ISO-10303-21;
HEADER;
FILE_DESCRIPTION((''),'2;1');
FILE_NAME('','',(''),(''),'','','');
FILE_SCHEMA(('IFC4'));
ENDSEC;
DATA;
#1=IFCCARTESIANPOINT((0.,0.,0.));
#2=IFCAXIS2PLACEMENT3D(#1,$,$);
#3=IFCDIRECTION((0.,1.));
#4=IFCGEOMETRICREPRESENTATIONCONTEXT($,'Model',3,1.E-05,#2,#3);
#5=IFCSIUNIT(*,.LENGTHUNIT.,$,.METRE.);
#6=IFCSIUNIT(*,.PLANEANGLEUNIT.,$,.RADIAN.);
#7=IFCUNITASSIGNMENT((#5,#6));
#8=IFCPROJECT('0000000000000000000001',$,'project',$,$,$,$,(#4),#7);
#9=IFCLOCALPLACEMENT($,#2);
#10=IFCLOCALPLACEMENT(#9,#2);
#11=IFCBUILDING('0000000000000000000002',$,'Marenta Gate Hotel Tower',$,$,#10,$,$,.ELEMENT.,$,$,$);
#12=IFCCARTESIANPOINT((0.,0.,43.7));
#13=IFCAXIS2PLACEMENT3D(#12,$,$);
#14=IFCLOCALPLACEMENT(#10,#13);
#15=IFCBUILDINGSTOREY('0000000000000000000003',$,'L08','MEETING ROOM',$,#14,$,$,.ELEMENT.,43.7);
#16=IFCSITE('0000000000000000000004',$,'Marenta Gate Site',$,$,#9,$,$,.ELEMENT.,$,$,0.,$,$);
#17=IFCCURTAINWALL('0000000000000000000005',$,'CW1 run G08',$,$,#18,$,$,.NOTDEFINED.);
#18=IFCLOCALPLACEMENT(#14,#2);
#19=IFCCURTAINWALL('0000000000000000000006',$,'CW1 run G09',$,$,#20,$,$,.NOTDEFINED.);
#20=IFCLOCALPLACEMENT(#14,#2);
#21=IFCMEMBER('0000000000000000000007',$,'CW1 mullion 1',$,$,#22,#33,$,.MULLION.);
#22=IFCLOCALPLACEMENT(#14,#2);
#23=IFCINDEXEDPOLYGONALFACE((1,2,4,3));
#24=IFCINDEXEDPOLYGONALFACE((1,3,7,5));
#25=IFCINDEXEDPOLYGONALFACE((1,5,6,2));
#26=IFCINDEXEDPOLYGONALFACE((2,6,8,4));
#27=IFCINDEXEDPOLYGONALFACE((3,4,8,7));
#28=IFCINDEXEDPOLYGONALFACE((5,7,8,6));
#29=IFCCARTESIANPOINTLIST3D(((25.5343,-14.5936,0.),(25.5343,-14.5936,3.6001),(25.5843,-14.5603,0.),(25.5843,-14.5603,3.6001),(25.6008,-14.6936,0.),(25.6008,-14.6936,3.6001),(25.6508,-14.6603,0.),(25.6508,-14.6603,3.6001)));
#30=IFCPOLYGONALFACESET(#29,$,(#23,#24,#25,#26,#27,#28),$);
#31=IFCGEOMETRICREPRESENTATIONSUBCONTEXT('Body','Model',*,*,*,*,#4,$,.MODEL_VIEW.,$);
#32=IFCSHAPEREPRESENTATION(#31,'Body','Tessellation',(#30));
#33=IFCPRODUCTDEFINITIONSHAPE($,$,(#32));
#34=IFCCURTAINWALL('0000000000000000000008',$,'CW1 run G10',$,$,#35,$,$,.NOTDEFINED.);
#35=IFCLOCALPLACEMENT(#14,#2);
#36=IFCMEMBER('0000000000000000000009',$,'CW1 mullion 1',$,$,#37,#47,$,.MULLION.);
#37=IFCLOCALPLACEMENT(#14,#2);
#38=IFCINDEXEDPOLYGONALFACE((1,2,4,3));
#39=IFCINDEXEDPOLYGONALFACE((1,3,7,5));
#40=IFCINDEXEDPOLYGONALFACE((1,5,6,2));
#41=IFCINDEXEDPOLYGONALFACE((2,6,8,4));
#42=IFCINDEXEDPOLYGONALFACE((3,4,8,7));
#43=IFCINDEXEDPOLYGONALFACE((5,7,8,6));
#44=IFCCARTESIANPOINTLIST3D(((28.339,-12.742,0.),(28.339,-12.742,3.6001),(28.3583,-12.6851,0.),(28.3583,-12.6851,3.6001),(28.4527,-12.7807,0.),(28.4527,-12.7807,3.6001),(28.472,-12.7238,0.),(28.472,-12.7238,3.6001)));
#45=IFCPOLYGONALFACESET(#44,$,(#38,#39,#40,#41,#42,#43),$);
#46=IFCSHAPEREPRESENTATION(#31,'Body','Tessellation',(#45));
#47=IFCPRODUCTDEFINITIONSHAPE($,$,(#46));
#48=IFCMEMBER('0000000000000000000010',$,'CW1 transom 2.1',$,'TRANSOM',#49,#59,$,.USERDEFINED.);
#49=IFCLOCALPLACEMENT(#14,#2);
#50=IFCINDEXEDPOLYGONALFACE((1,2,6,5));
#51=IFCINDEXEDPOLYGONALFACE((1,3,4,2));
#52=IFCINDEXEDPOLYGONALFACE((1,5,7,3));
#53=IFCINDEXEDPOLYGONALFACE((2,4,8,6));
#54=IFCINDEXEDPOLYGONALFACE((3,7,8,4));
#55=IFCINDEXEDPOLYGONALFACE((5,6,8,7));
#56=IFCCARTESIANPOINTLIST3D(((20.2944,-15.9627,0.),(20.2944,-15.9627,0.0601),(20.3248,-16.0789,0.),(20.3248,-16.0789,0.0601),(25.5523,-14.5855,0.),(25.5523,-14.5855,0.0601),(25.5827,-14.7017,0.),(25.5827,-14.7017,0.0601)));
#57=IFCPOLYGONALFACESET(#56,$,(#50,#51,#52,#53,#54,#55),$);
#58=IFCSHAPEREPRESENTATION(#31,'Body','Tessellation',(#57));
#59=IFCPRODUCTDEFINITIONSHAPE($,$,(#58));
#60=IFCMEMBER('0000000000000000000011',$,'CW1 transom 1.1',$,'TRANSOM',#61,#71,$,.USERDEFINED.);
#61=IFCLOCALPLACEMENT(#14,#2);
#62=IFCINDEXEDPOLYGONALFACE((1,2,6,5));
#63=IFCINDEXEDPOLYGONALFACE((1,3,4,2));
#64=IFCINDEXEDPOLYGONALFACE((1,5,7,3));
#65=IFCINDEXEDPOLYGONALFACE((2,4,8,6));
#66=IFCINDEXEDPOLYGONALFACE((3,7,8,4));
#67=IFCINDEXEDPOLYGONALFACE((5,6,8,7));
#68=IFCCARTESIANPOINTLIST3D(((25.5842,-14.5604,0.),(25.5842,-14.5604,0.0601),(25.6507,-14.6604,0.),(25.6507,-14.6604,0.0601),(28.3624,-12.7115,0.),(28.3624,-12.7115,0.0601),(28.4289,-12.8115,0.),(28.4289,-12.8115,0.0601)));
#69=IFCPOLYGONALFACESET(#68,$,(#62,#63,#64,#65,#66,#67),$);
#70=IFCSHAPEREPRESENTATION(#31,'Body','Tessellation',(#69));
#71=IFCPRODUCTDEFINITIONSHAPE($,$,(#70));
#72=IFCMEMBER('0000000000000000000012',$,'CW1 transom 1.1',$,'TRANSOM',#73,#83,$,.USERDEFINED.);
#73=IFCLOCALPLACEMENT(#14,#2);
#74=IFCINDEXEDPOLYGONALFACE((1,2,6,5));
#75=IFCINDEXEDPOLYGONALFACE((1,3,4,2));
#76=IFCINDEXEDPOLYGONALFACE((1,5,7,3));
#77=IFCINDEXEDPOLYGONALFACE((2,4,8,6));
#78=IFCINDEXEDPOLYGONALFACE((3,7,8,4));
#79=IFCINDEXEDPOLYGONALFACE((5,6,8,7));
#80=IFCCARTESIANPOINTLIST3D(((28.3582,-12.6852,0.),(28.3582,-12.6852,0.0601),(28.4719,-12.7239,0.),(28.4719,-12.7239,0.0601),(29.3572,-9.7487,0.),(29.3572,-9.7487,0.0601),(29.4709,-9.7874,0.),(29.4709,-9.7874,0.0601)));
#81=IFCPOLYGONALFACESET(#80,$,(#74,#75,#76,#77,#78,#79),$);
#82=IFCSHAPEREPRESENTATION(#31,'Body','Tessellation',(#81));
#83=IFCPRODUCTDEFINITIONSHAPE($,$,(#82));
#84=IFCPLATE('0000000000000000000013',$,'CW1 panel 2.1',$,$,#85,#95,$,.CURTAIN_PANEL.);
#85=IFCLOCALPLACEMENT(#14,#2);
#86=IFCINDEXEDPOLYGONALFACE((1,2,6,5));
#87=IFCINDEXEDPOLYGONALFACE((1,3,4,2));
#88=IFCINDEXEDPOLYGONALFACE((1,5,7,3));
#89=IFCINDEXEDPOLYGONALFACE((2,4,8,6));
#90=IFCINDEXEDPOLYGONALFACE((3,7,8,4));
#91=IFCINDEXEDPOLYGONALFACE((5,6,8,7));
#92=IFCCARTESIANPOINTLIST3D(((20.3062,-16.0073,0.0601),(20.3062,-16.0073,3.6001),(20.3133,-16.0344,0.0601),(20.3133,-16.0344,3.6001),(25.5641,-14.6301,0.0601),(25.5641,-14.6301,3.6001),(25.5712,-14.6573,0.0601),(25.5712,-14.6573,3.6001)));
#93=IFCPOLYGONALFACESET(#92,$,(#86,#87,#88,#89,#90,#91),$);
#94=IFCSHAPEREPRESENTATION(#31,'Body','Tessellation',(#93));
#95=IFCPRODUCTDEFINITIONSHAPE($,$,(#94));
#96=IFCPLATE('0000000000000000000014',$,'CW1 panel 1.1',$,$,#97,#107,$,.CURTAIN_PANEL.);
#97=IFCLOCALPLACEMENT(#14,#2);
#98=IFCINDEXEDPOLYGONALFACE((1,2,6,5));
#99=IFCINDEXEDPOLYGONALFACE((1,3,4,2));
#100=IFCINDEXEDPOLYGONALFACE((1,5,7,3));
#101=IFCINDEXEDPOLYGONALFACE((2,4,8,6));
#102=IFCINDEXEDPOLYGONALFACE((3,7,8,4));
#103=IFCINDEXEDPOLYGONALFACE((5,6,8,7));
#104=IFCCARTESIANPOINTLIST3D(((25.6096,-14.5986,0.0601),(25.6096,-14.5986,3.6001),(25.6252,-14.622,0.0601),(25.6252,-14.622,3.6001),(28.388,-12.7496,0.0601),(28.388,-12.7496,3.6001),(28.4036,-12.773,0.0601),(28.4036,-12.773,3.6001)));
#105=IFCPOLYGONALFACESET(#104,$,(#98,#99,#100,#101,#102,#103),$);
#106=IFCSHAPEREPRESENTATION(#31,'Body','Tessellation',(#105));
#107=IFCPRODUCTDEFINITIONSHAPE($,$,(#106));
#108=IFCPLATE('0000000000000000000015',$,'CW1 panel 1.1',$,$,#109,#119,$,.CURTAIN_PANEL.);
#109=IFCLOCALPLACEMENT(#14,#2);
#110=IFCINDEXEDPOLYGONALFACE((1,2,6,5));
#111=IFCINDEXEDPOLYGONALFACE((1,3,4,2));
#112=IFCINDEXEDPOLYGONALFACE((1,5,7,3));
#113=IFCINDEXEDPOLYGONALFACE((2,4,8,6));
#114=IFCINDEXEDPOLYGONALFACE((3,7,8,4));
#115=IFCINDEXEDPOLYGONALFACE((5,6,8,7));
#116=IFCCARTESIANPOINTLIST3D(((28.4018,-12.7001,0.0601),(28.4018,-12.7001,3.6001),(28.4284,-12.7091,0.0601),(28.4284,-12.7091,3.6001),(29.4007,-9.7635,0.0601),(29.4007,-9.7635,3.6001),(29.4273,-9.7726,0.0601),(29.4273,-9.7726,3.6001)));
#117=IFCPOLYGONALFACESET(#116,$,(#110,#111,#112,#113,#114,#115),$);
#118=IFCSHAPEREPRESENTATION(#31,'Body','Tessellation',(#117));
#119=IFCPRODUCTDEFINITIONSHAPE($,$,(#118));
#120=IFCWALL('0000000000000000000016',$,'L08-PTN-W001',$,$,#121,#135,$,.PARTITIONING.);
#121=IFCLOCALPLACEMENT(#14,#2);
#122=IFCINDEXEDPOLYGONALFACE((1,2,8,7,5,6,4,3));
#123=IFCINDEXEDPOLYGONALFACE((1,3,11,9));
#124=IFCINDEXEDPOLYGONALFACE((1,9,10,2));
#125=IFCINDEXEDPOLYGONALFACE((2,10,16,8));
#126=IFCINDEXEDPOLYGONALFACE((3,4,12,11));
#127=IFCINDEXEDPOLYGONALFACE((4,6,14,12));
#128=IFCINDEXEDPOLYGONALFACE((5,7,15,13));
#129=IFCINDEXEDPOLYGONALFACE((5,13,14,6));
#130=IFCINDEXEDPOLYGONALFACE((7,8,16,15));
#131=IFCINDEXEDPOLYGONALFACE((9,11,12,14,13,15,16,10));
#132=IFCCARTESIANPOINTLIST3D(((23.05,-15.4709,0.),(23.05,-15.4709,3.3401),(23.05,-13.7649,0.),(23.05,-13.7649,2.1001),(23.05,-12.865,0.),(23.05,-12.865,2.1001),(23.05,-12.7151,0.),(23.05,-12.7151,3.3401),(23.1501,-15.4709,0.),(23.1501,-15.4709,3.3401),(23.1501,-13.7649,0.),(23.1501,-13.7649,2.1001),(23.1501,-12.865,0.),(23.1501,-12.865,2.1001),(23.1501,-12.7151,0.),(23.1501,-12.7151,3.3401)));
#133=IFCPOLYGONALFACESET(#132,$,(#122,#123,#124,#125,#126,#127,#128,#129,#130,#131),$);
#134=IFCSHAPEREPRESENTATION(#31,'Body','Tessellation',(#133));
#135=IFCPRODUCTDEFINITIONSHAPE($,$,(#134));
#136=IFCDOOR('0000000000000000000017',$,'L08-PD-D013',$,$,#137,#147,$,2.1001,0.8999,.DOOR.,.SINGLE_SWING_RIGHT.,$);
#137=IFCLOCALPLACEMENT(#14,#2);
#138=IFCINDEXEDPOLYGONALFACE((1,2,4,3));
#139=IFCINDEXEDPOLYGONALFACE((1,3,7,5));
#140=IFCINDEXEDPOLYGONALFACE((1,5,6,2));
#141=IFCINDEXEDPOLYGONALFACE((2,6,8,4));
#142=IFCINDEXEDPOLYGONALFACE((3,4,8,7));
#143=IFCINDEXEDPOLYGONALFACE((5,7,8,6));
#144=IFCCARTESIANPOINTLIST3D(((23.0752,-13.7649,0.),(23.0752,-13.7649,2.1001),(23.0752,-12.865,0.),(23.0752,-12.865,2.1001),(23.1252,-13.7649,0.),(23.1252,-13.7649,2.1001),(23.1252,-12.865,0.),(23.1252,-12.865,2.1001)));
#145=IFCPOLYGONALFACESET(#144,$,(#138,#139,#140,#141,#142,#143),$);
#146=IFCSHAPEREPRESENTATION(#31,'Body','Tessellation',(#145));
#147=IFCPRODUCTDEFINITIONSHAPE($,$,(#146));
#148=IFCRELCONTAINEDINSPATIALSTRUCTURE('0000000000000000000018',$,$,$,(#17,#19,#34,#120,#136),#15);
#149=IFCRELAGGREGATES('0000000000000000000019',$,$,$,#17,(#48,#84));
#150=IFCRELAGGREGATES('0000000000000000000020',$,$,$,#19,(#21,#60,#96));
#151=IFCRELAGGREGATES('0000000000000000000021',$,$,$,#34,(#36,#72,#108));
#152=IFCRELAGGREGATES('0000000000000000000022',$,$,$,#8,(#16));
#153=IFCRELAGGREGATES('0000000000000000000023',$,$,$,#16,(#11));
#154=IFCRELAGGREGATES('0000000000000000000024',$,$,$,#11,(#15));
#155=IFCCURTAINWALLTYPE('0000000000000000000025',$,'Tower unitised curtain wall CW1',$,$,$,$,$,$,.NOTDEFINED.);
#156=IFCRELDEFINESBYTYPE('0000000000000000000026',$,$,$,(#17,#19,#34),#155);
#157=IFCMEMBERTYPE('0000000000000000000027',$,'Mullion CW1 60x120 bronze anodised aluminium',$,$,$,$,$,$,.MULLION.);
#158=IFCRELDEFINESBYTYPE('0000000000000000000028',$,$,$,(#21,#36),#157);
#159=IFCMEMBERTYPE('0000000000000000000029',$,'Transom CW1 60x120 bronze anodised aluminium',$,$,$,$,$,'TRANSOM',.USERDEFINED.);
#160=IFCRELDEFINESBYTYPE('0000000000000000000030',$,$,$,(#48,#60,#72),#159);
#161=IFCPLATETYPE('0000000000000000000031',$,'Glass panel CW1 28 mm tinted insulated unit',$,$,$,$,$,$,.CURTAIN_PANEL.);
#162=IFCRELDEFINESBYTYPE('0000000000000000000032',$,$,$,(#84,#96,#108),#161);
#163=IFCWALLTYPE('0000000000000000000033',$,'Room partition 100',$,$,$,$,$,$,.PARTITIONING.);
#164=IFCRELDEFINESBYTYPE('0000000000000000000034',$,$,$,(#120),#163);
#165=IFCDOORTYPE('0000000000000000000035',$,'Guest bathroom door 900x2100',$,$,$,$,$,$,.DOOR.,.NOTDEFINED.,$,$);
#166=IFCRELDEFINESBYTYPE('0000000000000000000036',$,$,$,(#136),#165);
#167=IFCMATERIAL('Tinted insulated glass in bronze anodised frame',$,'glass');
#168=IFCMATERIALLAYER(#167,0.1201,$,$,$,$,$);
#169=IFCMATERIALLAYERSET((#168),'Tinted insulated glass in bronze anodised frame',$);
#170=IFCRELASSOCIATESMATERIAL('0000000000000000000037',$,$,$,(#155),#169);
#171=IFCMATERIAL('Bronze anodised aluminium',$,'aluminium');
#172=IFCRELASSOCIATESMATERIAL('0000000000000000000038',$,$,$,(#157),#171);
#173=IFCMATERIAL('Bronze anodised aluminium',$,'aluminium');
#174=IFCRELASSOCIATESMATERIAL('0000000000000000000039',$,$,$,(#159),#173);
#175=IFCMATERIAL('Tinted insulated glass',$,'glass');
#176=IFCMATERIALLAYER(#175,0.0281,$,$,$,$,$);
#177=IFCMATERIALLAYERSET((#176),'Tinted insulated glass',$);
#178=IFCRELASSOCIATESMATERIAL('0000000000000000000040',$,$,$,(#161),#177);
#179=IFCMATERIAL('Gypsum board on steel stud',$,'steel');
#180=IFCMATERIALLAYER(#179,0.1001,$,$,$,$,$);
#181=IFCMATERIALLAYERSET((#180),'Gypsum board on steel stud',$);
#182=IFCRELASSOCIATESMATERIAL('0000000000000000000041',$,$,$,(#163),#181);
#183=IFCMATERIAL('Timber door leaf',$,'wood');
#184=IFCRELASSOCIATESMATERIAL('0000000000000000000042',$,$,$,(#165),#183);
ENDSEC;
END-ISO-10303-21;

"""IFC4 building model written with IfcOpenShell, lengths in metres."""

from ifc_helpers import new_model, si_unit, direction, frame, frame_2d, origin, origin_2d, place, context, subcontext, project, spatial, rectangle, extrude, material, layer, layer_set, material_profile, profile_set, type_object, element, fill, aggregate, save


model = new_model("IFC4")

# Units and contexts
model_context = context("Model", 3, precision=1e-05, world=origin(), true_north=direction((0.0, 1.0)))
body_context = subcontext(model_context, "Body", "Model", "MODEL_VIEW")
ifc_project = project(units=[si_unit("LENGTHUNIT", "METRE"), si_unit("PLANEANGLEUNIT", "RADIAN")], contexts=[model_context])

# Site, building, storey
site_placement = place(None, origin())
site = spatial("IfcSite", under=ifc_project, at=site_placement, Name="Marenta Gate Site", CompositionType="ELEMENT", RefElevation=0.0)
building_placement = place(site_placement, origin())
building = spatial("IfcBuilding", under=site, at=building_placement, Name="Marenta Gate Hotel Tower", CompositionType="ELEMENT")
storey_placement = place(building_placement, frame((0.0, 0.0, 43.7)))
storey = spatial("IfcBuildingStorey", under=building, at=storey_placement, Name="L08", Description="MEETING ROOM", CompositionType="ELEMENT", Elevation=43.7)

# Curtain walls, members
ifc_material_1 = material(Name="Tinted insulated glass in bronze anodised frame", Category="glass")
ifc_layer_1 = layer(ifc_material_1, 0.1201)
ifc_layer_set_1 = layer_set([ifc_layer_1], Name="Tinted insulated glass in bronze anodised frame")
curtain_wall_type = type_object("IfcCurtainWallType", Name="Tower unitised curtain wall CW1", PredefinedType="NOTDEFINED", material=ifc_layer_set_1)
curtain_wall_1_placement = place(storey_placement, origin())
curtain_wall_1 = element("IfcCurtainWall", 1, at=curtain_wall_1_placement, inside=storey, type_object=curtain_wall_type, Name="CW1 run G08", PredefinedType="NOTDEFINED")
ifc_material_2 = material(Name="Bronze anodised aluminium", Category="aluminium")
ifc_material_profile_1 = material_profile(ifc_material_2, rectangle(XDim=0.1201, YDim=0.0601, at=origin_2d()), Name="Mullion CW1 60x120 bronze anodised aluminium")
ifc_profile_set_1 = profile_set([ifc_material_profile_1], Name="Bronze anodised aluminium")
member_type_1 = type_object("IfcMemberType", Name="Mullion CW1 60x120 bronze anodised aluminium", PredefinedType="MULLION", material=ifc_profile_set_1)
curtain_wall_2_placement = place(storey_placement, origin())
curtain_wall_2 = element("IfcCurtainWall", 2, at=curtain_wall_2_placement, inside=storey, type_object=curtain_wall_type, Name="CW1 run G09", PredefinedType="NOTDEFINED")
member_1_placement = place(storey_placement, frame((25.5925, -14.627, 0.0), z_axis=(0.0, 0.0, 1.0), x_axis=(-0.554034, 0.832494, 0.0)))
member_1 = element("IfcMember", 3, at=member_1_placement, type_object=member_type_1, Name="CW1 mullion 1", PredefinedType="MULLION", context=body_context, shape_type="SweptSolid", body=[
    extrude(rectangle(XDim=0.1201, YDim=0.0601, at=origin_2d()), origin(), (0.0, 0.0, 1.0), 3.6001),
])
curtain_wall_3_placement = place(storey_placement, origin())
curtain_wall_3 = element("IfcCurtainWall", 4, at=curtain_wall_3_placement, inside=storey, type_object=curtain_wall_type, Name="CW1 run G10", PredefinedType="NOTDEFINED")
member_2_placement = place(storey_placement, frame((28.4055, -12.7329, 0.0), z_axis=(0.0, 0.0, 1.0), x_axis=(-0.94673, 0.322029, 0.0)))
member_2 = element("IfcMember", 5, at=member_2_placement, type_object=member_type_1, Name="CW1 mullion 1", PredefinedType="MULLION", context=body_context, shape_type="SweptSolid", body=[
    extrude(rectangle(XDim=0.1201, YDim=0.0601, at=origin_2d()), origin(), (0.0, 0.0, 1.0), 3.6001),
])

# Members
ifc_material_3 = material(Name="Bronze anodised aluminium", Category="aluminium")
ifc_material_profile_2 = material_profile(ifc_material_3, rectangle(XDim=0.1201, YDim=0.0601, at=origin_2d()), Name="Transom CW1 60x120 bronze anodised aluminium")
ifc_profile_set_2 = profile_set([ifc_material_profile_2], Name="Bronze anodised aluminium")
member_type_2 = type_object("IfcMemberType", Name="Transom CW1 60x120 bronze anodised aluminium", ElementType="TRANSOM", PredefinedType="USERDEFINED", material=ifc_profile_set_2)
member_3_placement = place(storey_placement, frame((20.3096, -16.0208, 0.03), z_axis=(0.967368, 0.253374, 0.0), x_axis=(-0.253374, 0.967368, 0.0)))
member_3 = element("IfcMember", 6, at=member_3_placement, type_object=member_type_2, Name="CW1 transom 2.1", ObjectType="TRANSOM", PredefinedType="USERDEFINED", context=body_context, shape_type="SweptSolid", body=[
    extrude(rectangle(XDim=0.1201, YDim=0.0601, at=origin_2d()), origin(), (0.0, 0.0, 1.0), 5.4353),
])
member_4_placement = place(storey_placement, frame((25.6174, -14.6104, 0.03), z_axis=(0.832511, 0.554008, 0.0), x_axis=(-0.554008, 0.832511, 0.0)))
member_4 = element("IfcMember", 7, at=member_4_placement, type_object=member_type_2, Name="CW1 transom 1.1", ObjectType="TRANSOM", PredefinedType="USERDEFINED", context=body_context, shape_type="SweptSolid", body=[
    extrude(rectangle(XDim=0.1201, YDim=0.0601, at=origin_2d()), origin(), (0.0, 0.0, 1.0), 3.3372),
])
member_5_placement = place(storey_placement, frame((28.415, -12.7046, 0.03), z_axis=(0.322078, 0.946713, 0.0), x_axis=(-0.946713, 0.322078, 0.0)))
member_5 = element("IfcMember", 8, at=member_5_placement, type_object=member_type_2, Name="CW1 transom 1.1", ObjectType="TRANSOM", PredefinedType="USERDEFINED", context=body_context, shape_type="SweptSolid", body=[
    extrude(rectangle(XDim=0.1201, YDim=0.0601, at=origin_2d()), origin(), (0.0, 0.0, 1.0), 3.1018),
])

# Plates
ifc_material_4 = material(Name="Tinted insulated glass", Category="glass")
ifc_layer_2 = layer(ifc_material_4, 0.0281)
ifc_layer_set_2 = layer_set([ifc_layer_2], Name="Tinted insulated glass")
plate_type = type_object("IfcPlateType", Name="Glass panel CW1 28 mm tinted insulated unit", PredefinedType="CURTAIN_PANEL", material=ifc_layer_set_2)
plate_1_placement = place(storey_placement, frame((22.9387, -15.3323, 0.0601), z_axis=(0.0, 0.0, 1.0), x_axis=(0.967369, 0.253372, 0.0)))
plate_1 = element("IfcPlate", 9, at=plate_1_placement, type_object=plate_type, Name="CW1 panel 2.1", PredefinedType="CURTAIN_PANEL", context=body_context, shape_type="SweptSolid", body=[
    extrude(rectangle(XDim=5.4353, YDim=0.0281, at=origin_2d()), origin(), (0.0, 0.0, 1.0), 3.54),
])
aggregate(curtain_wall_1, [member_3, plate_1])
plate_2_placement = place(storey_placement, frame((27.0066, -13.6858, 0.0601), z_axis=(0.0, 0.0, 1.0), x_axis=(0.832494, 0.554034, 0.0)))
plate_2 = element("IfcPlate", 10, at=plate_2_placement, type_object=plate_type, Name="CW1 panel 1.1", PredefinedType="CURTAIN_PANEL", context=body_context, shape_type="SweptSolid", body=[
    extrude(rectangle(XDim=3.3374, YDim=0.0281, at=origin_2d()), origin(), (0.0, 0.0, 1.0), 3.54),
])
aggregate(curtain_wall_2, [member_1, member_4, plate_2])
plate_3_placement = place(storey_placement, frame((28.9146, -11.2363, 0.0601), z_axis=(0.0, 0.0, 1.0), x_axis=(0.322029, 0.94673, 0.0)))
plate_3 = element("IfcPlate", 11, at=plate_3_placement, type_object=plate_type, Name="CW1 panel 1.1", PredefinedType="CURTAIN_PANEL", context=body_context, shape_type="SweptSolid", body=[
    extrude(rectangle(XDim=3.1018, YDim=0.0281, at=origin_2d()), origin(), (0.0, 0.0, 1.0), 3.54),
])
aggregate(curtain_wall_3, [member_2, member_5, plate_3])

# Wall, opening, door
ifc_material_5 = material(Name="Gypsum board on steel stud", Category="steel")
ifc_layer_3 = layer(ifc_material_5, 0.1001)
ifc_layer_set_3 = layer_set([ifc_layer_3], Name="Gypsum board on steel stud")
wall_type = type_object("IfcWallType", Name="Room partition 100", PredefinedType="PARTITIONING", material=ifc_layer_set_3)
wall_placement = place(storey_placement, frame((23.1001, -15.4709, 0.0), z_axis=(0.0, 0.0, 1.0), x_axis=(0.0, 1.0, 0.0)))
wall = element("IfcWall", 12, at=wall_placement, inside=storey, type_object=wall_type, Name="L08-PTN-W001", PredefinedType="PARTITIONING", context=body_context, shape_type="SweptSolid", body=[
    extrude(rectangle(XDim=2.7559, YDim=0.1001, at=frame_2d((1.3779, 0.0))), origin(), (0.0, 0.0, 1.0), 3.3401),
])
opening_placement = place(wall_placement, frame((1.7061, 0.0, 0.0)))
opening = element("IfcOpeningElement", 13, at=opening_placement, cuts=wall, PredefinedType="OPENING", context=body_context, shape_type="SweptSolid", body=[
    extrude(rectangle(XDim=0.8999, YDim=2.1001, at=frame_2d((0.45, 1.05))), frame((0.0, 0.05, 0.0), z_axis=(0.0, -1.0, 0.0), x_axis=(1.0, 0.0, 0.0)), (0.0, 0.0, 1.0), 0.1001),
])
ifc_material_6 = material(Name="Timber door leaf", Category="wood")
door_type = type_object("IfcDoorType", Name="Guest bathroom door 900x2100", OperationType="NOTDEFINED", PredefinedType="DOOR", material=ifc_material_6)
door_placement = place(opening_placement, origin())
door = element("IfcDoor", 14, at=door_placement, inside=storey, type_object=door_type, Name="L08-PD-D013", OperationType="SINGLE_SWING_RIGHT", OverallHeight=2.1001, OverallWidth=0.8999, PredefinedType="DOOR", context=body_context, shape_type="SweptSolid", body=[
    extrude(rectangle(XDim=0.8999, YDim=2.1001, at=frame_2d((0.45, 1.05))), frame((0.0, 0.0249, 0.0), z_axis=(0.0, -1.0, 0.0), x_axis=(1.0, 0.0, 0.0)), (0.0, 0.0, 1.0), 0.05),
])
fill(opening, door)

save(model, "model.ifc")
